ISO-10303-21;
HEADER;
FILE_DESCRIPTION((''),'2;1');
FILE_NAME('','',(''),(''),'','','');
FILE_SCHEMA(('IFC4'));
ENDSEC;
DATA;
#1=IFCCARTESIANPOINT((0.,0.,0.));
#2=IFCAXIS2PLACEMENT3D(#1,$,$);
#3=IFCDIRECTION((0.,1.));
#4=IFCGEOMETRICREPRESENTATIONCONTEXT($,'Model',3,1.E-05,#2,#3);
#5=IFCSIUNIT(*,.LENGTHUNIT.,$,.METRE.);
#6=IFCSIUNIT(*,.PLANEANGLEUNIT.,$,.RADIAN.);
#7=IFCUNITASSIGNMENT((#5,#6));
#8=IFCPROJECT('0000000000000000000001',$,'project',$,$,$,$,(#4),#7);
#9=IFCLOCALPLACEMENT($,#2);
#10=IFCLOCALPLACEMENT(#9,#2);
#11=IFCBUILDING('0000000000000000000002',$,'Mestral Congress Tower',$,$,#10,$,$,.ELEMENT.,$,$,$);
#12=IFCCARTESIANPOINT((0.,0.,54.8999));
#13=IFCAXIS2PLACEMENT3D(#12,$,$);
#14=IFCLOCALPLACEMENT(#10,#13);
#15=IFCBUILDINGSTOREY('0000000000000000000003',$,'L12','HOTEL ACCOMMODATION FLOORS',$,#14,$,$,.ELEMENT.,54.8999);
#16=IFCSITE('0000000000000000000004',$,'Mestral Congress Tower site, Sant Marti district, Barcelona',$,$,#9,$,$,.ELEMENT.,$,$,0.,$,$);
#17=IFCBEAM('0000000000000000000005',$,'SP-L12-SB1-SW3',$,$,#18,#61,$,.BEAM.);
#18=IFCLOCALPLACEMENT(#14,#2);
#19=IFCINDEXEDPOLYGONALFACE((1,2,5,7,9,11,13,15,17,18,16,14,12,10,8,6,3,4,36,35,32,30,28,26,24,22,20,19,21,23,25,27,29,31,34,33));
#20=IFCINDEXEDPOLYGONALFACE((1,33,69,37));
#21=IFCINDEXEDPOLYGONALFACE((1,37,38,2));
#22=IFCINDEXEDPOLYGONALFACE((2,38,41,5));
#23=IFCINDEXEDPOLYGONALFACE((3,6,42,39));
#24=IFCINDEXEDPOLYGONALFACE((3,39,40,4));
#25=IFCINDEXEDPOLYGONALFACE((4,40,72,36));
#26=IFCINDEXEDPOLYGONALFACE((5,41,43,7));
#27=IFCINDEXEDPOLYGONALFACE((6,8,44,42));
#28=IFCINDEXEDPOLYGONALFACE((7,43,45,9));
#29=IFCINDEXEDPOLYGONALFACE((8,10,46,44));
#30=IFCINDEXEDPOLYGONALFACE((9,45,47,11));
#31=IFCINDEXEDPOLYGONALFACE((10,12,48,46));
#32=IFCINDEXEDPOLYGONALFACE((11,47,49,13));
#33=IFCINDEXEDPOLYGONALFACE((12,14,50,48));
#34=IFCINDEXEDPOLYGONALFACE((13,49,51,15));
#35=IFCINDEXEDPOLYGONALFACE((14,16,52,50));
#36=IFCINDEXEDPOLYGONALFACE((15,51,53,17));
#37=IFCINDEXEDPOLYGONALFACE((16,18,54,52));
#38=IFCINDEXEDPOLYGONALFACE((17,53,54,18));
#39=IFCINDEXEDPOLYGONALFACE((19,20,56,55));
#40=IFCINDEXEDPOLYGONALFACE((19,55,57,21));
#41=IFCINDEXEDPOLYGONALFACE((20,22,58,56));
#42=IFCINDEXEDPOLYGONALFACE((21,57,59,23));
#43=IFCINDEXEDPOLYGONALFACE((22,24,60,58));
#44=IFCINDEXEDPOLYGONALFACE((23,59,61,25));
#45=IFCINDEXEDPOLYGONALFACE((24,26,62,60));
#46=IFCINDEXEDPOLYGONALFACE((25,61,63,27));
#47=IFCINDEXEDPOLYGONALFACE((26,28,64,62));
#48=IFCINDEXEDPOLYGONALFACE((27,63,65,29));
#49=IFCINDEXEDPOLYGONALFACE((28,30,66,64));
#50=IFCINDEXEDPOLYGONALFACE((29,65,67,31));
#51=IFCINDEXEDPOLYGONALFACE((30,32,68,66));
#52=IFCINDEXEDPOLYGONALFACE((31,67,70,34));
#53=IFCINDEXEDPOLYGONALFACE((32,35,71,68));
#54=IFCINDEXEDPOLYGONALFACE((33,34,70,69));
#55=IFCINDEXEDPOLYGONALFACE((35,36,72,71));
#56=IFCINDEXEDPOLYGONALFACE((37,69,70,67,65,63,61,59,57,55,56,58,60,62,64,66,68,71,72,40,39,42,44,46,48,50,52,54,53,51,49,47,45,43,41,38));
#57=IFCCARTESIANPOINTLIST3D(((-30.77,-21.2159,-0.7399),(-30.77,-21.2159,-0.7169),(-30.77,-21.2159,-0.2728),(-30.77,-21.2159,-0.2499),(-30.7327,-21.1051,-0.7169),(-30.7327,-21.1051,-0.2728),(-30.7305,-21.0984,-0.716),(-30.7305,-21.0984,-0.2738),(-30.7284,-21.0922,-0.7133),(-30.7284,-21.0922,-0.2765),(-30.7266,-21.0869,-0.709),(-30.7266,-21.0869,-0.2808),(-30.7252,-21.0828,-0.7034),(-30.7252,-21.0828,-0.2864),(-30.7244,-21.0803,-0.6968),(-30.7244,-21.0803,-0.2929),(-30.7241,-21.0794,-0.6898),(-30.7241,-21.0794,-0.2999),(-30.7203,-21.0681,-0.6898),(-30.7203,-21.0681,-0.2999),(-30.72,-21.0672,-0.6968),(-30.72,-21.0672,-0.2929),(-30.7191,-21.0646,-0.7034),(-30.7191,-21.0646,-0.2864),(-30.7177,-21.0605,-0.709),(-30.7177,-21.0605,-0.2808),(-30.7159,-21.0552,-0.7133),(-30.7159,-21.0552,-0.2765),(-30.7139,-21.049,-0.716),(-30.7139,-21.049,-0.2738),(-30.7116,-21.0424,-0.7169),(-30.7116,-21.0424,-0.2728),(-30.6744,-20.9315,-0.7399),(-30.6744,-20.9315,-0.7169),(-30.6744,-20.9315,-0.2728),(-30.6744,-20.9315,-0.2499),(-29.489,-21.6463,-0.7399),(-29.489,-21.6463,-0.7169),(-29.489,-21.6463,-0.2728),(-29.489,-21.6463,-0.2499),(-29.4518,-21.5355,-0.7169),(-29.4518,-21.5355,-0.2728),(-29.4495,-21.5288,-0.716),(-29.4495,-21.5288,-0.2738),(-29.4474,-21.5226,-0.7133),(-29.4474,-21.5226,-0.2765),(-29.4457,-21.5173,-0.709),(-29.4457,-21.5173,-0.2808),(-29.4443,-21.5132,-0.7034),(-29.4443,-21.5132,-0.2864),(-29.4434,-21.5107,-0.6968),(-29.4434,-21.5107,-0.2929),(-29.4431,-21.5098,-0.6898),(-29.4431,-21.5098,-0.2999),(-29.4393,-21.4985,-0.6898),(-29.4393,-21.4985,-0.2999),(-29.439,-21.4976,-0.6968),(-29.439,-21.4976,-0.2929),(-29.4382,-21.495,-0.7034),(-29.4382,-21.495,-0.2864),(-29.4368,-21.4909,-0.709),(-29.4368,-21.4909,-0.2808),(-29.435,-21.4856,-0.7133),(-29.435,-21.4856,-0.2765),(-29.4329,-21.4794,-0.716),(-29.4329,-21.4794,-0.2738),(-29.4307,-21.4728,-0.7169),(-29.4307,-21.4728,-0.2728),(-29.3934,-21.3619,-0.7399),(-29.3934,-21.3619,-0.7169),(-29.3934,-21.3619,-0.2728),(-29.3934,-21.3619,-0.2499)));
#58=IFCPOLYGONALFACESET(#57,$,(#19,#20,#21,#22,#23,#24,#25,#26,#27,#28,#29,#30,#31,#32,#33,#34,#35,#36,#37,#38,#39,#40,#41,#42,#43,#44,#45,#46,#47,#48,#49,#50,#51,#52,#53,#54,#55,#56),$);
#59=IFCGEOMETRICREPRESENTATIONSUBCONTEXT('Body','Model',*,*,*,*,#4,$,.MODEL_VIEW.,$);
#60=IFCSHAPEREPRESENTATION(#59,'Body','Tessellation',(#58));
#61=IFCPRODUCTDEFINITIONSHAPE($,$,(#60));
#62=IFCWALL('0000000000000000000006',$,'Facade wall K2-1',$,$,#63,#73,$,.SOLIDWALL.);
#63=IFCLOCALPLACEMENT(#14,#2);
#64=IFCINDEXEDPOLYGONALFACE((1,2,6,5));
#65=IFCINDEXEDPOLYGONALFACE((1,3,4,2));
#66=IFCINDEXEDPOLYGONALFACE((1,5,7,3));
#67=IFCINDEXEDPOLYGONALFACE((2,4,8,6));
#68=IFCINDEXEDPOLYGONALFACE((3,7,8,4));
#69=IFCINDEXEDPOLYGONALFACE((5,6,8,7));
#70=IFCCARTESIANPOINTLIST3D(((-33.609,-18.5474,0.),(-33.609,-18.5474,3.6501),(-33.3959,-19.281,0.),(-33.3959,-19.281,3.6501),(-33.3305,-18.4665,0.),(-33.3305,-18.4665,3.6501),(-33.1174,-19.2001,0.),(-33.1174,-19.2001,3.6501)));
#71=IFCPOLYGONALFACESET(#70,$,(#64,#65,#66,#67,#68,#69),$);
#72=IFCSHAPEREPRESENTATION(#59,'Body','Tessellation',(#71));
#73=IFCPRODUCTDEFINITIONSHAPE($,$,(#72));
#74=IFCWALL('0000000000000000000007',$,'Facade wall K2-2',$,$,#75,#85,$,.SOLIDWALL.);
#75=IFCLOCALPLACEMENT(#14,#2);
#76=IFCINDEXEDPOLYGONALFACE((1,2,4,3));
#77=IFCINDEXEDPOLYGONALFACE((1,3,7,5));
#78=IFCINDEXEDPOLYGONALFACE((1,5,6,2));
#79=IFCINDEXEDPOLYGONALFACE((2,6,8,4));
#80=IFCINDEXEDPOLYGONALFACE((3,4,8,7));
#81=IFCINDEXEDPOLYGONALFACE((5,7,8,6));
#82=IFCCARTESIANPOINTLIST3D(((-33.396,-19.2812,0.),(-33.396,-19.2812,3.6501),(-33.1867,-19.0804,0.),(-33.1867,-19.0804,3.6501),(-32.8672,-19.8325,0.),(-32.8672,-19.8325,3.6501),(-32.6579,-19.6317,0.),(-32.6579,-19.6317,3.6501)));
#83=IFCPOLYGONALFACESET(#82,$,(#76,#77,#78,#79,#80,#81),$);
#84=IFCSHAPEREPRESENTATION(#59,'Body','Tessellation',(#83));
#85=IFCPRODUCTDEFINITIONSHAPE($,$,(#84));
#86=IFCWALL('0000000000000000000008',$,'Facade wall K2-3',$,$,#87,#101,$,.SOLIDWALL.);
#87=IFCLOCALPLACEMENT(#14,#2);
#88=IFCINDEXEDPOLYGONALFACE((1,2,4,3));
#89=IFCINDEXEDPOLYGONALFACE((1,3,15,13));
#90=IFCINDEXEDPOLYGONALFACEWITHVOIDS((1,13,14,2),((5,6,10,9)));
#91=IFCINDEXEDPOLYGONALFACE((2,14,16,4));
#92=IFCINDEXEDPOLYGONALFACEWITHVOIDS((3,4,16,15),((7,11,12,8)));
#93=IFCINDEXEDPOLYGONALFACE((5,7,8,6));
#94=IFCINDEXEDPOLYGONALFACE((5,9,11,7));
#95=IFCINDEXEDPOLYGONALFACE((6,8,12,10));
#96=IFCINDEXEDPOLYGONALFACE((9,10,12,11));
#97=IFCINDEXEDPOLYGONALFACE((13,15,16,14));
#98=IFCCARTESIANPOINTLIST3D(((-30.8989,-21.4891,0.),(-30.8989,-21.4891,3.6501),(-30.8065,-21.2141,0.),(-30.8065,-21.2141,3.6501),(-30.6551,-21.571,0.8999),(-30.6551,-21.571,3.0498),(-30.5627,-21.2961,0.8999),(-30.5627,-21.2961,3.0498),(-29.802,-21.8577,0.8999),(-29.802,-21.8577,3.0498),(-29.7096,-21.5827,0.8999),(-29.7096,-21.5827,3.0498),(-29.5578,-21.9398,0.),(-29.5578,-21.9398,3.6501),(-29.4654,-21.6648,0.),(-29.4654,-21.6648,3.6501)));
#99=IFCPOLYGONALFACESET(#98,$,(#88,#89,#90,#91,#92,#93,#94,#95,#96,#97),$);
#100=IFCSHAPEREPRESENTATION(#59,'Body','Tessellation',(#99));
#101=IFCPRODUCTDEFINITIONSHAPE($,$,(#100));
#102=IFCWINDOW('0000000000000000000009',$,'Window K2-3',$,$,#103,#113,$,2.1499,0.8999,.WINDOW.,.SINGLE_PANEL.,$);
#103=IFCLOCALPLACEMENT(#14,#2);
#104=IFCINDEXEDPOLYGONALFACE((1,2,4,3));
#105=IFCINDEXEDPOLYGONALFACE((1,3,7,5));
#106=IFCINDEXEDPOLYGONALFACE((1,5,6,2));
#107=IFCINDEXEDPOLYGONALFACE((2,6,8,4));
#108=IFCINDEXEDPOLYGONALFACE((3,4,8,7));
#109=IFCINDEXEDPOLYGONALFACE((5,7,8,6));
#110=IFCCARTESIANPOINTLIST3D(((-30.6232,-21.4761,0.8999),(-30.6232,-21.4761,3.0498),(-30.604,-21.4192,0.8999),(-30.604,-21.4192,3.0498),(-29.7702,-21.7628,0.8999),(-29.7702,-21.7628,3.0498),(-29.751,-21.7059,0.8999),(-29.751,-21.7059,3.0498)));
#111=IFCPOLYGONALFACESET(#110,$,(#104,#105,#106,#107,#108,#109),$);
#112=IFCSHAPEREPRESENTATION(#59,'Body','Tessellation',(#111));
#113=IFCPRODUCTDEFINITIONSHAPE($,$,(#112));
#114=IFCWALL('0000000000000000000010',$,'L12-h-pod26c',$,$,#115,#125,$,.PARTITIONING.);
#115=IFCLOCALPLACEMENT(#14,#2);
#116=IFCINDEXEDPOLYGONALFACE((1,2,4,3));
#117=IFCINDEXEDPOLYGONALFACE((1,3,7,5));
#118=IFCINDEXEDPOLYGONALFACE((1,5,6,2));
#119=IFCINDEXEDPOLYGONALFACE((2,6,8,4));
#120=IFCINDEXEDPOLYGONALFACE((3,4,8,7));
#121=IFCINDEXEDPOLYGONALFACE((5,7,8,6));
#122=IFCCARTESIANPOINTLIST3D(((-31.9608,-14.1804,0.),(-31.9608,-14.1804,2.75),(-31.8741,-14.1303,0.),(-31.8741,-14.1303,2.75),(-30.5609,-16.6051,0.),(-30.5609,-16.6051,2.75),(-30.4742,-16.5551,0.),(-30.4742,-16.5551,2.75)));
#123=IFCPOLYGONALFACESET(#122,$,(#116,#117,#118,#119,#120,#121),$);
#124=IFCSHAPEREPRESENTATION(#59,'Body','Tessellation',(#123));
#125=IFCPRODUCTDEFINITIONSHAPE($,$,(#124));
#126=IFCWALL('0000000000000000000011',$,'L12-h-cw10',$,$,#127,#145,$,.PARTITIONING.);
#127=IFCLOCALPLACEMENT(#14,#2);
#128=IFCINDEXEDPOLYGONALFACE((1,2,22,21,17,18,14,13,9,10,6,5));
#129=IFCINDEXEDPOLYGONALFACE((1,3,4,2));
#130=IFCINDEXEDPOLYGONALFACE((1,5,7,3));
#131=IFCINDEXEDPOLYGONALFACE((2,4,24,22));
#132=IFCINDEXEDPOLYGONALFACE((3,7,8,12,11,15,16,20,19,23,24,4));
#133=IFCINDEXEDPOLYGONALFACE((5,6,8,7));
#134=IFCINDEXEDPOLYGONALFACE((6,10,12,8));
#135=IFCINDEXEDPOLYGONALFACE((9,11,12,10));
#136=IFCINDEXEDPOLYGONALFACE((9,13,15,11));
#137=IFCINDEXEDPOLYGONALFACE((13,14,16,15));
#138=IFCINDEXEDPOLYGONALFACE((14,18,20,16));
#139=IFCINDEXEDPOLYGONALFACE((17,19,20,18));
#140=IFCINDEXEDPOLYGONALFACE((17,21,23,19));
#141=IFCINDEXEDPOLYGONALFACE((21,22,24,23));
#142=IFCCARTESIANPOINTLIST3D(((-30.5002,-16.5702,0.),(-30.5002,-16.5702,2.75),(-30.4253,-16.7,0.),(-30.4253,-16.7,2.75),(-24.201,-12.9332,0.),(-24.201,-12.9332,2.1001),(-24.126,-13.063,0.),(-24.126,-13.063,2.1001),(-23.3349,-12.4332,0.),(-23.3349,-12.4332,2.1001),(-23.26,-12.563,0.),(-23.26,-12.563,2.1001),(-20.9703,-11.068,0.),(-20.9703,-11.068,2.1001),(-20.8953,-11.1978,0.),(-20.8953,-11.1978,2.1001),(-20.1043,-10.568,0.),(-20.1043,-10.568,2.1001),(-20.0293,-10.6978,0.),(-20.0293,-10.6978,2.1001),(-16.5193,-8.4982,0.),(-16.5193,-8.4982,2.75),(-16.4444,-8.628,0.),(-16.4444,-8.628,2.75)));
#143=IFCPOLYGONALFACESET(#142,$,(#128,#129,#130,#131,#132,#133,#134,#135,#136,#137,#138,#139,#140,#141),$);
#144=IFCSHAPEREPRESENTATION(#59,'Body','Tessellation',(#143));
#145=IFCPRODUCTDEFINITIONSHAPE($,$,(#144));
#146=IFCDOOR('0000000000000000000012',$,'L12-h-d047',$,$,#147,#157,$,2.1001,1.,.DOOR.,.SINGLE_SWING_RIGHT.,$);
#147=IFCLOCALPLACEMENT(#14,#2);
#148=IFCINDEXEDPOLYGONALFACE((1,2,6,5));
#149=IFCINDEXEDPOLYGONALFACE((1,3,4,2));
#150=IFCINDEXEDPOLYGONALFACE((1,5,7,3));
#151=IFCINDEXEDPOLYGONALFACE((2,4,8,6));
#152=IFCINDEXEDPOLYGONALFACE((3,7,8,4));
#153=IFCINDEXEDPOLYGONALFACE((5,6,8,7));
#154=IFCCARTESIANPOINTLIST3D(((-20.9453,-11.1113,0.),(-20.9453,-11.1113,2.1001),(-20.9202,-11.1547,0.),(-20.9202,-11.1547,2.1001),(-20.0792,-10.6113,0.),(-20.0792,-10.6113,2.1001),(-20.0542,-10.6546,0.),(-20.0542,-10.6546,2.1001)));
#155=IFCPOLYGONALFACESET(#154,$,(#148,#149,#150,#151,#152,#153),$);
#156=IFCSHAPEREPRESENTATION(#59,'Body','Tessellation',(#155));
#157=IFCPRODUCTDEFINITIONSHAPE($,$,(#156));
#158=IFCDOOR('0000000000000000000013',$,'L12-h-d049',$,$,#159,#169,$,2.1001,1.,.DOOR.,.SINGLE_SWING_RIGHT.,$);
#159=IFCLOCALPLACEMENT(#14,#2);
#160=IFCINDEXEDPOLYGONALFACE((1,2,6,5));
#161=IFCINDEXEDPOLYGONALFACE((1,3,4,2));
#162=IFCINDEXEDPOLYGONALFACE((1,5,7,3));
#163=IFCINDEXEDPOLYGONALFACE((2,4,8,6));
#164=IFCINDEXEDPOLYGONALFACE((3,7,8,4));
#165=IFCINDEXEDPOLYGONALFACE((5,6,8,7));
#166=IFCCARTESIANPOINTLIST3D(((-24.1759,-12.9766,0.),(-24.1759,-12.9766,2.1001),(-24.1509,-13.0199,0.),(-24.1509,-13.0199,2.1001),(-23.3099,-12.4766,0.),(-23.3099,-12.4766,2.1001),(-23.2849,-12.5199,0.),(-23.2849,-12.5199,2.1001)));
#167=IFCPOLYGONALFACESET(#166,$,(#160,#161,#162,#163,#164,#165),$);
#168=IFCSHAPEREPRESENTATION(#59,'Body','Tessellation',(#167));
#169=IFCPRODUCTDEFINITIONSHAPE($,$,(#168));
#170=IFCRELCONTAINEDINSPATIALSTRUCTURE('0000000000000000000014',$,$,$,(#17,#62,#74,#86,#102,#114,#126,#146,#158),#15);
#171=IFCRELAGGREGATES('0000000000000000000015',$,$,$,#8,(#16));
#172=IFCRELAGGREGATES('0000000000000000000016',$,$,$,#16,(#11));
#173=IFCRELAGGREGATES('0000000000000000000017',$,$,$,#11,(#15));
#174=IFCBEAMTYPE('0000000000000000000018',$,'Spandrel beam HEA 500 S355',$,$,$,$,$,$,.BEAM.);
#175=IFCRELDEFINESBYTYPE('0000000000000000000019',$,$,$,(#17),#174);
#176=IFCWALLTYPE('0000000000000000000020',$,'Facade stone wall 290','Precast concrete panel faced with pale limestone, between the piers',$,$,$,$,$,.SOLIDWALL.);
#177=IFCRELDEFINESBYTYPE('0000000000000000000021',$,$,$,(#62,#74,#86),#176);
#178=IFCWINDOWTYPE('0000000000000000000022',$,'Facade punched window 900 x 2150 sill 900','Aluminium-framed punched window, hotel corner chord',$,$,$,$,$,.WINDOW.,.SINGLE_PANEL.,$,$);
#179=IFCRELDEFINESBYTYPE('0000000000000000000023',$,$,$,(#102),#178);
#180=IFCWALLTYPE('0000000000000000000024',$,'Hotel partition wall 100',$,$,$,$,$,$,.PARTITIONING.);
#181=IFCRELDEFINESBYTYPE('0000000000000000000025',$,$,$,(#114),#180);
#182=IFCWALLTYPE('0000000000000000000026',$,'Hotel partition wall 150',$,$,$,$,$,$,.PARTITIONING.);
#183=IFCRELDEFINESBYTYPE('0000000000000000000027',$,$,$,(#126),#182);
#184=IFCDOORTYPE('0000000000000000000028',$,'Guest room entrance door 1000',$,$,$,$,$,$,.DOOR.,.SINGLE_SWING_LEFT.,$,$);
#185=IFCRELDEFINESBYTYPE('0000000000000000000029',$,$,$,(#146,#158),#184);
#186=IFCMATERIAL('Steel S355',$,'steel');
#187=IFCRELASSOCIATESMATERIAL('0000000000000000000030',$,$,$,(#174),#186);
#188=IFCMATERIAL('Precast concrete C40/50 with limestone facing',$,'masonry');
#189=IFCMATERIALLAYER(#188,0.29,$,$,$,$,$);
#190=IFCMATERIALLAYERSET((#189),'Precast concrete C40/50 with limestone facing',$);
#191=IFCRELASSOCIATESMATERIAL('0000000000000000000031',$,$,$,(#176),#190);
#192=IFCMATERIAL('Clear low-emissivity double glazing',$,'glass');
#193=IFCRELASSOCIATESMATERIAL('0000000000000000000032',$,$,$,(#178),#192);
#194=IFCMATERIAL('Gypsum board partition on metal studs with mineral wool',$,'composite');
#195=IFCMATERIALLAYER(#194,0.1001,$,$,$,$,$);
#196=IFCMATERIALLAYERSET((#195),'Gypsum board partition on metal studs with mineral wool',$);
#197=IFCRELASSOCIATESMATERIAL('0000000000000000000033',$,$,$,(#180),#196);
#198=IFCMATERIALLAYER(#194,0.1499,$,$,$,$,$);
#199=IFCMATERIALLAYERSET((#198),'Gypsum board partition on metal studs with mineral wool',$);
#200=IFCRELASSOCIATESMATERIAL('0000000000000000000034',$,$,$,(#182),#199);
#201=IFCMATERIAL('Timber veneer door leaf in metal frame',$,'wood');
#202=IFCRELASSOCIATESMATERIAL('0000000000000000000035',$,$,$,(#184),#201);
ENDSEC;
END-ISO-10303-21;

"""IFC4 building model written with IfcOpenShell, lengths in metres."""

from ifc_helpers import new_model, si_unit, direction, frame, frame_2d, origin, origin_2d, place, context, subcontext, project, spatial, rectangle, i_section, extrude, material, layer, layer_set, material_profile, profile_set, type_object, element, fill, save


model = new_model("IFC4")

# Units and contexts
model_context = context("Model", 3, precision=1e-05, world=origin(), true_north=direction((0.0, 1.0)))
body_context = subcontext(model_context, "Body", "Model", "MODEL_VIEW")
ifc_project = project(units=[si_unit("LENGTHUNIT", "METRE"), si_unit("PLANEANGLEUNIT", "RADIAN")], contexts=[model_context])

# Site, building, storey
site_placement = place(None, origin())
site = spatial("IfcSite", under=ifc_project, at=site_placement, Name="Mestral Congress Tower site, Sant Marti district, Barcelona", CompositionType="ELEMENT", RefElevation=0.0)
building_placement = place(site_placement, origin())
building = spatial("IfcBuilding", under=site, at=building_placement, Name="Mestral Congress Tower", CompositionType="ELEMENT")
storey_placement = place(building_placement, frame((0.0, 0.0, 54.8999)))
storey = spatial("IfcBuildingStorey", under=building, at=storey_placement, Name="L12", Description="HOTEL ACCOMMODATION FLOORS", CompositionType="ELEMENT", Elevation=54.8999)

# Beam
ifc_material_1 = material(Name="Steel S355", Category="steel")
ifc_material_profile_1 = material_profile(ifc_material_1, i_section(OverallWidth=0.3, OverallDepth=0.49, WebThickness=0.012, FlangeThickness=0.0229, FilletRadius=0.0271, at=origin_2d()), Name="HEA 500")
ifc_profile_set_1 = profile_set([ifc_material_profile_1], Name="Steel S355")
beam_type_1 = type_object("IfcBeamType", Name="Spandrel beam HEA 500 S355", PredefinedType="BEAM", material=ifc_profile_set_1)
beam_1_placement = place(storey_placement, frame((-30.7222, -21.0737, -0.4949), z_axis=(0.947922, -0.318503, 0.0), x_axis=(0.318503, 0.947922, 0.0)))
element("IfcBeam", 1, at=beam_1_placement, inside=storey, type_object=beam_type_1, Name="SP-L12-SB1-SW3", PredefinedType="BEAM", context=body_context, shape_type="SweptSolid", body=[
    extrude(i_section(OverallWidth=0.3, OverallDepth=0.49, WebThickness=0.012, FlangeThickness=0.0229, FilletRadius=0.0271, at=origin_2d()), origin(), (0.0, 0.0, 1.0), 1.3513),
])

# Walls
ifc_material_2 = material(Name="Precast concrete C40/50 with limestone facing", Category="masonry")
ifc_layer_1 = layer(ifc_material_2, 0.29)
ifc_layer_set_1 = layer_set([ifc_layer_1], Name="Precast concrete C40/50 with limestone facing")
wall_type_1 = type_object("IfcWallType", Name="Facade stone wall 290", Description="Precast concrete panel faced with pale limestone, between the piers", PredefinedType="SOLIDWALL", material=ifc_layer_set_1)
for number, where, z_axis, x_axis, name in (
    (2, (-33.4697, -18.5071, 0.0), (0.0, 0.0, 1.0), (0.278981, -0.960297, 0.0), "Facade wall K2-1"),
    (3, (-33.2913, -19.1809, 0.0), (0.0, 0.0, 1.0), (0.692252, -0.721656, 0.0), "Facade wall K2-2"),
):
    element("IfcWall", number, at=place(storey_placement, frame(where, z_axis=z_axis, x_axis=x_axis)), inside=storey, type_object=wall_type_1, Name=name, PredefinedType="SOLIDWALL", context=body_context, shape_type="SweptSolid", body=[
        extrude(rectangle(XDim=0.7639, YDim=0.29, at=frame_2d((0.3818, 0.0))), origin(), (0.0, 0.0, 1.0), 3.6501),
    ])

# Wall, opening, window
wall_1_placement = place(storey_placement, frame((-30.8528, -21.3516, 0.0), z_axis=(0.0, 0.0, 1.0), x_axis=(0.947904, -0.318556, 0.0)))
wall_1 = element("IfcWall", 4, at=wall_1_placement, inside=storey, type_object=wall_type_1, Name="Facade wall K2-3", PredefinedType="SOLIDWALL", context=body_context, shape_type="SweptSolid", body=[
    extrude(rectangle(XDim=1.4148, YDim=0.29, at=frame_2d((0.7075, 0.0))), origin(), (0.0, 0.0, 1.0), 3.6501),
])
opening_1_placement = place(wall_1_placement, frame((0.2573, 0.0, 0.8999)))
opening_1 = element("IfcOpeningElement", 5, at=opening_1_placement, cuts=wall_1, PredefinedType="OPENING", context=body_context, shape_type="SweptSolid", body=[
    extrude(rectangle(XDim=0.8999, YDim=2.1499, at=frame_2d((0.45, 1.075))), frame((0.0, 0.155, 0.0), z_axis=(0.0, -1.0, 0.0), x_axis=(1.0, 0.0, 0.0)), (0.0, 0.0, 1.0), 0.3101),
])
ifc_material_3 = material(Name="Clear low-emissivity double glazing", Category="glass")
window_type = type_object("IfcWindowType", Name="Facade punched window 900 x 2150 sill 900", Description="Aluminium-framed punched window, hotel corner chord", PartitioningType="SINGLE_PANEL", PredefinedType="WINDOW", material=ifc_material_3)
window_placement = place(opening_1_placement, origin())
window = element("IfcWindow", 6, at=window_placement, inside=storey, type_object=window_type, Name="Window K2-3", OverallHeight=2.1499, OverallWidth=0.8999, PartitioningType="SINGLE_PANEL", PredefinedType="WINDOW", context=body_context, shape_type="SweptSolid", body=[
    extrude(rectangle(XDim=0.8999, YDim=2.1499, at=frame_2d((0.45, 1.075))), frame((0.0, 0.0151, 0.0), z_axis=(0.0, -1.0, 0.0), x_axis=(1.0, 0.0, 0.0)), (0.0, 0.0, 1.0), 0.0601),
])
fill(opening_1, window)

# Wall
ifc_material_4 = material(Name="Gypsum board partition on metal studs with mineral wool", Category="composite")
ifc_layer_2 = layer(ifc_material_4, 0.1001)
ifc_layer_set_2 = layer_set([ifc_layer_2], Name="Gypsum board partition on metal studs with mineral wool")
wall_type_2 = type_object("IfcWallType", Name="Hotel partition wall 100", PredefinedType="PARTITIONING", material=ifc_layer_set_2)
wall_2_placement = place(storey_placement, frame((-30.5176, -16.5801, 0.0), z_axis=(0.0, 0.0, 1.0), x_axis=(-0.499984, 0.866035, 0.0)))
element("IfcWall", 7, at=wall_2_placement, inside=storey, type_object=wall_type_2, Name="L12-h-pod26c", PredefinedType="PARTITIONING", context=body_context, shape_type="SweptSolid", body=[
    extrude(rectangle(XDim=2.7998, YDim=0.1001, at=frame_2d((1.3999, 0.0))), origin(), (0.0, 0.0, 1.0), 2.75),
])

# Wall, openings, doors
ifc_layer_3 = layer(ifc_material_4, 0.1499)
ifc_layer_set_3 = layer_set([ifc_layer_3], Name="Gypsum board partition on metal studs with mineral wool")
wall_type_3 = type_object("IfcWallType", Name="Hotel partition wall 150", PredefinedType="PARTITIONING", material=ifc_layer_set_3)
wall_3_placement = place(storey_placement, frame((-30.4626, -16.635, 0.0), z_axis=(0.0, 0.0, 1.0), x_axis=(0.866022, 0.500005, 0.0)))
wall_3 = element("IfcWall", 8, at=wall_3_placement, inside=storey, type_object=wall_type_3, Name="L12-h-cw10", PredefinedType="PARTITIONING", context=body_context, shape_type="SweptSolid", body=[
    extrude(rectangle(XDim=16.1438, YDim=0.1499, at=frame_2d((8.0718, 0.0))), origin(), (0.0, 0.0, 1.0), 2.75),
])
opening_2_placement = place(wall_3_placement, frame((11.0042, 0.0, 0.0)))
opening_2 = element("IfcOpeningElement", 9, at=opening_2_placement, cuts=wall_3, PredefinedType="OPENING", context=body_context, shape_type="SweptSolid", body=[
    extrude(rectangle(XDim=1.0, YDim=2.1001, at=frame_2d((0.5, 1.05))), frame((0.0, 0.085, 0.0), z_axis=(0.0, -1.0, 0.0), x_axis=(1.0, 0.0, 0.0)), (0.0, 0.0, 1.0), 0.1699),
])
opening_3_placement = place(wall_3_placement, frame((7.2737, 0.0, 0.0)))
opening_3 = element("IfcOpeningElement", 10, at=opening_3_placement, cuts=wall_3, PredefinedType="OPENING", context=body_context, shape_type="SweptSolid", body=[
    extrude(rectangle(XDim=1.0, YDim=2.1001, at=frame_2d((0.5, 1.05))), frame((0.0, 0.085, 0.0), z_axis=(0.0, -1.0, 0.0), x_axis=(1.0, 0.0, 0.0)), (0.0, 0.0, 1.0), 0.1699),
])
ifc_material_5 = material(Name="Timber veneer door leaf in metal frame", Category="wood")
door_type = type_object("IfcDoorType", Name="Guest room entrance door 1000", OperationType="SINGLE_SWING_LEFT", PredefinedType="DOOR", material=ifc_material_5)
door_1_placement = place(opening_2_placement, origin())
door_1 = element("IfcDoor", 11, at=door_1_placement, inside=storey, type_object=door_type, Name="L12-h-d047", OperationType="SINGLE_SWING_RIGHT", OverallHeight=2.1001, OverallWidth=1.0, PredefinedType="DOOR", context=body_context, shape_type="SweptSolid", body=[
    extrude(rectangle(XDim=1.0, YDim=2.1001, at=frame_2d((0.5, 1.05))), frame((0.0, 0.0249, 0.0), z_axis=(0.0, -1.0, 0.0), x_axis=(1.0, 0.0, 0.0)), (0.0, 0.0, 1.0), 0.05),
])
fill(opening_2, door_1)
door_2_placement = place(opening_3_placement, origin())
door_2 = element("IfcDoor", 12, at=door_2_placement, inside=storey, type_object=door_type, Name="L12-h-d049", OperationType="SINGLE_SWING_RIGHT", OverallHeight=2.1001, OverallWidth=1.0, PredefinedType="DOOR", context=body_context, shape_type="SweptSolid", body=[
    extrude(rectangle(XDim=1.0, YDim=2.1001, at=frame_2d((0.5, 1.05))), frame((0.0, 0.0249, 0.0), z_axis=(0.0, -1.0, 0.0), x_axis=(1.0, 0.0, 0.0)), (0.0, 0.0, 1.0), 0.05),
])
fill(opening_3, door_2)

save(model, "model.ifc")
